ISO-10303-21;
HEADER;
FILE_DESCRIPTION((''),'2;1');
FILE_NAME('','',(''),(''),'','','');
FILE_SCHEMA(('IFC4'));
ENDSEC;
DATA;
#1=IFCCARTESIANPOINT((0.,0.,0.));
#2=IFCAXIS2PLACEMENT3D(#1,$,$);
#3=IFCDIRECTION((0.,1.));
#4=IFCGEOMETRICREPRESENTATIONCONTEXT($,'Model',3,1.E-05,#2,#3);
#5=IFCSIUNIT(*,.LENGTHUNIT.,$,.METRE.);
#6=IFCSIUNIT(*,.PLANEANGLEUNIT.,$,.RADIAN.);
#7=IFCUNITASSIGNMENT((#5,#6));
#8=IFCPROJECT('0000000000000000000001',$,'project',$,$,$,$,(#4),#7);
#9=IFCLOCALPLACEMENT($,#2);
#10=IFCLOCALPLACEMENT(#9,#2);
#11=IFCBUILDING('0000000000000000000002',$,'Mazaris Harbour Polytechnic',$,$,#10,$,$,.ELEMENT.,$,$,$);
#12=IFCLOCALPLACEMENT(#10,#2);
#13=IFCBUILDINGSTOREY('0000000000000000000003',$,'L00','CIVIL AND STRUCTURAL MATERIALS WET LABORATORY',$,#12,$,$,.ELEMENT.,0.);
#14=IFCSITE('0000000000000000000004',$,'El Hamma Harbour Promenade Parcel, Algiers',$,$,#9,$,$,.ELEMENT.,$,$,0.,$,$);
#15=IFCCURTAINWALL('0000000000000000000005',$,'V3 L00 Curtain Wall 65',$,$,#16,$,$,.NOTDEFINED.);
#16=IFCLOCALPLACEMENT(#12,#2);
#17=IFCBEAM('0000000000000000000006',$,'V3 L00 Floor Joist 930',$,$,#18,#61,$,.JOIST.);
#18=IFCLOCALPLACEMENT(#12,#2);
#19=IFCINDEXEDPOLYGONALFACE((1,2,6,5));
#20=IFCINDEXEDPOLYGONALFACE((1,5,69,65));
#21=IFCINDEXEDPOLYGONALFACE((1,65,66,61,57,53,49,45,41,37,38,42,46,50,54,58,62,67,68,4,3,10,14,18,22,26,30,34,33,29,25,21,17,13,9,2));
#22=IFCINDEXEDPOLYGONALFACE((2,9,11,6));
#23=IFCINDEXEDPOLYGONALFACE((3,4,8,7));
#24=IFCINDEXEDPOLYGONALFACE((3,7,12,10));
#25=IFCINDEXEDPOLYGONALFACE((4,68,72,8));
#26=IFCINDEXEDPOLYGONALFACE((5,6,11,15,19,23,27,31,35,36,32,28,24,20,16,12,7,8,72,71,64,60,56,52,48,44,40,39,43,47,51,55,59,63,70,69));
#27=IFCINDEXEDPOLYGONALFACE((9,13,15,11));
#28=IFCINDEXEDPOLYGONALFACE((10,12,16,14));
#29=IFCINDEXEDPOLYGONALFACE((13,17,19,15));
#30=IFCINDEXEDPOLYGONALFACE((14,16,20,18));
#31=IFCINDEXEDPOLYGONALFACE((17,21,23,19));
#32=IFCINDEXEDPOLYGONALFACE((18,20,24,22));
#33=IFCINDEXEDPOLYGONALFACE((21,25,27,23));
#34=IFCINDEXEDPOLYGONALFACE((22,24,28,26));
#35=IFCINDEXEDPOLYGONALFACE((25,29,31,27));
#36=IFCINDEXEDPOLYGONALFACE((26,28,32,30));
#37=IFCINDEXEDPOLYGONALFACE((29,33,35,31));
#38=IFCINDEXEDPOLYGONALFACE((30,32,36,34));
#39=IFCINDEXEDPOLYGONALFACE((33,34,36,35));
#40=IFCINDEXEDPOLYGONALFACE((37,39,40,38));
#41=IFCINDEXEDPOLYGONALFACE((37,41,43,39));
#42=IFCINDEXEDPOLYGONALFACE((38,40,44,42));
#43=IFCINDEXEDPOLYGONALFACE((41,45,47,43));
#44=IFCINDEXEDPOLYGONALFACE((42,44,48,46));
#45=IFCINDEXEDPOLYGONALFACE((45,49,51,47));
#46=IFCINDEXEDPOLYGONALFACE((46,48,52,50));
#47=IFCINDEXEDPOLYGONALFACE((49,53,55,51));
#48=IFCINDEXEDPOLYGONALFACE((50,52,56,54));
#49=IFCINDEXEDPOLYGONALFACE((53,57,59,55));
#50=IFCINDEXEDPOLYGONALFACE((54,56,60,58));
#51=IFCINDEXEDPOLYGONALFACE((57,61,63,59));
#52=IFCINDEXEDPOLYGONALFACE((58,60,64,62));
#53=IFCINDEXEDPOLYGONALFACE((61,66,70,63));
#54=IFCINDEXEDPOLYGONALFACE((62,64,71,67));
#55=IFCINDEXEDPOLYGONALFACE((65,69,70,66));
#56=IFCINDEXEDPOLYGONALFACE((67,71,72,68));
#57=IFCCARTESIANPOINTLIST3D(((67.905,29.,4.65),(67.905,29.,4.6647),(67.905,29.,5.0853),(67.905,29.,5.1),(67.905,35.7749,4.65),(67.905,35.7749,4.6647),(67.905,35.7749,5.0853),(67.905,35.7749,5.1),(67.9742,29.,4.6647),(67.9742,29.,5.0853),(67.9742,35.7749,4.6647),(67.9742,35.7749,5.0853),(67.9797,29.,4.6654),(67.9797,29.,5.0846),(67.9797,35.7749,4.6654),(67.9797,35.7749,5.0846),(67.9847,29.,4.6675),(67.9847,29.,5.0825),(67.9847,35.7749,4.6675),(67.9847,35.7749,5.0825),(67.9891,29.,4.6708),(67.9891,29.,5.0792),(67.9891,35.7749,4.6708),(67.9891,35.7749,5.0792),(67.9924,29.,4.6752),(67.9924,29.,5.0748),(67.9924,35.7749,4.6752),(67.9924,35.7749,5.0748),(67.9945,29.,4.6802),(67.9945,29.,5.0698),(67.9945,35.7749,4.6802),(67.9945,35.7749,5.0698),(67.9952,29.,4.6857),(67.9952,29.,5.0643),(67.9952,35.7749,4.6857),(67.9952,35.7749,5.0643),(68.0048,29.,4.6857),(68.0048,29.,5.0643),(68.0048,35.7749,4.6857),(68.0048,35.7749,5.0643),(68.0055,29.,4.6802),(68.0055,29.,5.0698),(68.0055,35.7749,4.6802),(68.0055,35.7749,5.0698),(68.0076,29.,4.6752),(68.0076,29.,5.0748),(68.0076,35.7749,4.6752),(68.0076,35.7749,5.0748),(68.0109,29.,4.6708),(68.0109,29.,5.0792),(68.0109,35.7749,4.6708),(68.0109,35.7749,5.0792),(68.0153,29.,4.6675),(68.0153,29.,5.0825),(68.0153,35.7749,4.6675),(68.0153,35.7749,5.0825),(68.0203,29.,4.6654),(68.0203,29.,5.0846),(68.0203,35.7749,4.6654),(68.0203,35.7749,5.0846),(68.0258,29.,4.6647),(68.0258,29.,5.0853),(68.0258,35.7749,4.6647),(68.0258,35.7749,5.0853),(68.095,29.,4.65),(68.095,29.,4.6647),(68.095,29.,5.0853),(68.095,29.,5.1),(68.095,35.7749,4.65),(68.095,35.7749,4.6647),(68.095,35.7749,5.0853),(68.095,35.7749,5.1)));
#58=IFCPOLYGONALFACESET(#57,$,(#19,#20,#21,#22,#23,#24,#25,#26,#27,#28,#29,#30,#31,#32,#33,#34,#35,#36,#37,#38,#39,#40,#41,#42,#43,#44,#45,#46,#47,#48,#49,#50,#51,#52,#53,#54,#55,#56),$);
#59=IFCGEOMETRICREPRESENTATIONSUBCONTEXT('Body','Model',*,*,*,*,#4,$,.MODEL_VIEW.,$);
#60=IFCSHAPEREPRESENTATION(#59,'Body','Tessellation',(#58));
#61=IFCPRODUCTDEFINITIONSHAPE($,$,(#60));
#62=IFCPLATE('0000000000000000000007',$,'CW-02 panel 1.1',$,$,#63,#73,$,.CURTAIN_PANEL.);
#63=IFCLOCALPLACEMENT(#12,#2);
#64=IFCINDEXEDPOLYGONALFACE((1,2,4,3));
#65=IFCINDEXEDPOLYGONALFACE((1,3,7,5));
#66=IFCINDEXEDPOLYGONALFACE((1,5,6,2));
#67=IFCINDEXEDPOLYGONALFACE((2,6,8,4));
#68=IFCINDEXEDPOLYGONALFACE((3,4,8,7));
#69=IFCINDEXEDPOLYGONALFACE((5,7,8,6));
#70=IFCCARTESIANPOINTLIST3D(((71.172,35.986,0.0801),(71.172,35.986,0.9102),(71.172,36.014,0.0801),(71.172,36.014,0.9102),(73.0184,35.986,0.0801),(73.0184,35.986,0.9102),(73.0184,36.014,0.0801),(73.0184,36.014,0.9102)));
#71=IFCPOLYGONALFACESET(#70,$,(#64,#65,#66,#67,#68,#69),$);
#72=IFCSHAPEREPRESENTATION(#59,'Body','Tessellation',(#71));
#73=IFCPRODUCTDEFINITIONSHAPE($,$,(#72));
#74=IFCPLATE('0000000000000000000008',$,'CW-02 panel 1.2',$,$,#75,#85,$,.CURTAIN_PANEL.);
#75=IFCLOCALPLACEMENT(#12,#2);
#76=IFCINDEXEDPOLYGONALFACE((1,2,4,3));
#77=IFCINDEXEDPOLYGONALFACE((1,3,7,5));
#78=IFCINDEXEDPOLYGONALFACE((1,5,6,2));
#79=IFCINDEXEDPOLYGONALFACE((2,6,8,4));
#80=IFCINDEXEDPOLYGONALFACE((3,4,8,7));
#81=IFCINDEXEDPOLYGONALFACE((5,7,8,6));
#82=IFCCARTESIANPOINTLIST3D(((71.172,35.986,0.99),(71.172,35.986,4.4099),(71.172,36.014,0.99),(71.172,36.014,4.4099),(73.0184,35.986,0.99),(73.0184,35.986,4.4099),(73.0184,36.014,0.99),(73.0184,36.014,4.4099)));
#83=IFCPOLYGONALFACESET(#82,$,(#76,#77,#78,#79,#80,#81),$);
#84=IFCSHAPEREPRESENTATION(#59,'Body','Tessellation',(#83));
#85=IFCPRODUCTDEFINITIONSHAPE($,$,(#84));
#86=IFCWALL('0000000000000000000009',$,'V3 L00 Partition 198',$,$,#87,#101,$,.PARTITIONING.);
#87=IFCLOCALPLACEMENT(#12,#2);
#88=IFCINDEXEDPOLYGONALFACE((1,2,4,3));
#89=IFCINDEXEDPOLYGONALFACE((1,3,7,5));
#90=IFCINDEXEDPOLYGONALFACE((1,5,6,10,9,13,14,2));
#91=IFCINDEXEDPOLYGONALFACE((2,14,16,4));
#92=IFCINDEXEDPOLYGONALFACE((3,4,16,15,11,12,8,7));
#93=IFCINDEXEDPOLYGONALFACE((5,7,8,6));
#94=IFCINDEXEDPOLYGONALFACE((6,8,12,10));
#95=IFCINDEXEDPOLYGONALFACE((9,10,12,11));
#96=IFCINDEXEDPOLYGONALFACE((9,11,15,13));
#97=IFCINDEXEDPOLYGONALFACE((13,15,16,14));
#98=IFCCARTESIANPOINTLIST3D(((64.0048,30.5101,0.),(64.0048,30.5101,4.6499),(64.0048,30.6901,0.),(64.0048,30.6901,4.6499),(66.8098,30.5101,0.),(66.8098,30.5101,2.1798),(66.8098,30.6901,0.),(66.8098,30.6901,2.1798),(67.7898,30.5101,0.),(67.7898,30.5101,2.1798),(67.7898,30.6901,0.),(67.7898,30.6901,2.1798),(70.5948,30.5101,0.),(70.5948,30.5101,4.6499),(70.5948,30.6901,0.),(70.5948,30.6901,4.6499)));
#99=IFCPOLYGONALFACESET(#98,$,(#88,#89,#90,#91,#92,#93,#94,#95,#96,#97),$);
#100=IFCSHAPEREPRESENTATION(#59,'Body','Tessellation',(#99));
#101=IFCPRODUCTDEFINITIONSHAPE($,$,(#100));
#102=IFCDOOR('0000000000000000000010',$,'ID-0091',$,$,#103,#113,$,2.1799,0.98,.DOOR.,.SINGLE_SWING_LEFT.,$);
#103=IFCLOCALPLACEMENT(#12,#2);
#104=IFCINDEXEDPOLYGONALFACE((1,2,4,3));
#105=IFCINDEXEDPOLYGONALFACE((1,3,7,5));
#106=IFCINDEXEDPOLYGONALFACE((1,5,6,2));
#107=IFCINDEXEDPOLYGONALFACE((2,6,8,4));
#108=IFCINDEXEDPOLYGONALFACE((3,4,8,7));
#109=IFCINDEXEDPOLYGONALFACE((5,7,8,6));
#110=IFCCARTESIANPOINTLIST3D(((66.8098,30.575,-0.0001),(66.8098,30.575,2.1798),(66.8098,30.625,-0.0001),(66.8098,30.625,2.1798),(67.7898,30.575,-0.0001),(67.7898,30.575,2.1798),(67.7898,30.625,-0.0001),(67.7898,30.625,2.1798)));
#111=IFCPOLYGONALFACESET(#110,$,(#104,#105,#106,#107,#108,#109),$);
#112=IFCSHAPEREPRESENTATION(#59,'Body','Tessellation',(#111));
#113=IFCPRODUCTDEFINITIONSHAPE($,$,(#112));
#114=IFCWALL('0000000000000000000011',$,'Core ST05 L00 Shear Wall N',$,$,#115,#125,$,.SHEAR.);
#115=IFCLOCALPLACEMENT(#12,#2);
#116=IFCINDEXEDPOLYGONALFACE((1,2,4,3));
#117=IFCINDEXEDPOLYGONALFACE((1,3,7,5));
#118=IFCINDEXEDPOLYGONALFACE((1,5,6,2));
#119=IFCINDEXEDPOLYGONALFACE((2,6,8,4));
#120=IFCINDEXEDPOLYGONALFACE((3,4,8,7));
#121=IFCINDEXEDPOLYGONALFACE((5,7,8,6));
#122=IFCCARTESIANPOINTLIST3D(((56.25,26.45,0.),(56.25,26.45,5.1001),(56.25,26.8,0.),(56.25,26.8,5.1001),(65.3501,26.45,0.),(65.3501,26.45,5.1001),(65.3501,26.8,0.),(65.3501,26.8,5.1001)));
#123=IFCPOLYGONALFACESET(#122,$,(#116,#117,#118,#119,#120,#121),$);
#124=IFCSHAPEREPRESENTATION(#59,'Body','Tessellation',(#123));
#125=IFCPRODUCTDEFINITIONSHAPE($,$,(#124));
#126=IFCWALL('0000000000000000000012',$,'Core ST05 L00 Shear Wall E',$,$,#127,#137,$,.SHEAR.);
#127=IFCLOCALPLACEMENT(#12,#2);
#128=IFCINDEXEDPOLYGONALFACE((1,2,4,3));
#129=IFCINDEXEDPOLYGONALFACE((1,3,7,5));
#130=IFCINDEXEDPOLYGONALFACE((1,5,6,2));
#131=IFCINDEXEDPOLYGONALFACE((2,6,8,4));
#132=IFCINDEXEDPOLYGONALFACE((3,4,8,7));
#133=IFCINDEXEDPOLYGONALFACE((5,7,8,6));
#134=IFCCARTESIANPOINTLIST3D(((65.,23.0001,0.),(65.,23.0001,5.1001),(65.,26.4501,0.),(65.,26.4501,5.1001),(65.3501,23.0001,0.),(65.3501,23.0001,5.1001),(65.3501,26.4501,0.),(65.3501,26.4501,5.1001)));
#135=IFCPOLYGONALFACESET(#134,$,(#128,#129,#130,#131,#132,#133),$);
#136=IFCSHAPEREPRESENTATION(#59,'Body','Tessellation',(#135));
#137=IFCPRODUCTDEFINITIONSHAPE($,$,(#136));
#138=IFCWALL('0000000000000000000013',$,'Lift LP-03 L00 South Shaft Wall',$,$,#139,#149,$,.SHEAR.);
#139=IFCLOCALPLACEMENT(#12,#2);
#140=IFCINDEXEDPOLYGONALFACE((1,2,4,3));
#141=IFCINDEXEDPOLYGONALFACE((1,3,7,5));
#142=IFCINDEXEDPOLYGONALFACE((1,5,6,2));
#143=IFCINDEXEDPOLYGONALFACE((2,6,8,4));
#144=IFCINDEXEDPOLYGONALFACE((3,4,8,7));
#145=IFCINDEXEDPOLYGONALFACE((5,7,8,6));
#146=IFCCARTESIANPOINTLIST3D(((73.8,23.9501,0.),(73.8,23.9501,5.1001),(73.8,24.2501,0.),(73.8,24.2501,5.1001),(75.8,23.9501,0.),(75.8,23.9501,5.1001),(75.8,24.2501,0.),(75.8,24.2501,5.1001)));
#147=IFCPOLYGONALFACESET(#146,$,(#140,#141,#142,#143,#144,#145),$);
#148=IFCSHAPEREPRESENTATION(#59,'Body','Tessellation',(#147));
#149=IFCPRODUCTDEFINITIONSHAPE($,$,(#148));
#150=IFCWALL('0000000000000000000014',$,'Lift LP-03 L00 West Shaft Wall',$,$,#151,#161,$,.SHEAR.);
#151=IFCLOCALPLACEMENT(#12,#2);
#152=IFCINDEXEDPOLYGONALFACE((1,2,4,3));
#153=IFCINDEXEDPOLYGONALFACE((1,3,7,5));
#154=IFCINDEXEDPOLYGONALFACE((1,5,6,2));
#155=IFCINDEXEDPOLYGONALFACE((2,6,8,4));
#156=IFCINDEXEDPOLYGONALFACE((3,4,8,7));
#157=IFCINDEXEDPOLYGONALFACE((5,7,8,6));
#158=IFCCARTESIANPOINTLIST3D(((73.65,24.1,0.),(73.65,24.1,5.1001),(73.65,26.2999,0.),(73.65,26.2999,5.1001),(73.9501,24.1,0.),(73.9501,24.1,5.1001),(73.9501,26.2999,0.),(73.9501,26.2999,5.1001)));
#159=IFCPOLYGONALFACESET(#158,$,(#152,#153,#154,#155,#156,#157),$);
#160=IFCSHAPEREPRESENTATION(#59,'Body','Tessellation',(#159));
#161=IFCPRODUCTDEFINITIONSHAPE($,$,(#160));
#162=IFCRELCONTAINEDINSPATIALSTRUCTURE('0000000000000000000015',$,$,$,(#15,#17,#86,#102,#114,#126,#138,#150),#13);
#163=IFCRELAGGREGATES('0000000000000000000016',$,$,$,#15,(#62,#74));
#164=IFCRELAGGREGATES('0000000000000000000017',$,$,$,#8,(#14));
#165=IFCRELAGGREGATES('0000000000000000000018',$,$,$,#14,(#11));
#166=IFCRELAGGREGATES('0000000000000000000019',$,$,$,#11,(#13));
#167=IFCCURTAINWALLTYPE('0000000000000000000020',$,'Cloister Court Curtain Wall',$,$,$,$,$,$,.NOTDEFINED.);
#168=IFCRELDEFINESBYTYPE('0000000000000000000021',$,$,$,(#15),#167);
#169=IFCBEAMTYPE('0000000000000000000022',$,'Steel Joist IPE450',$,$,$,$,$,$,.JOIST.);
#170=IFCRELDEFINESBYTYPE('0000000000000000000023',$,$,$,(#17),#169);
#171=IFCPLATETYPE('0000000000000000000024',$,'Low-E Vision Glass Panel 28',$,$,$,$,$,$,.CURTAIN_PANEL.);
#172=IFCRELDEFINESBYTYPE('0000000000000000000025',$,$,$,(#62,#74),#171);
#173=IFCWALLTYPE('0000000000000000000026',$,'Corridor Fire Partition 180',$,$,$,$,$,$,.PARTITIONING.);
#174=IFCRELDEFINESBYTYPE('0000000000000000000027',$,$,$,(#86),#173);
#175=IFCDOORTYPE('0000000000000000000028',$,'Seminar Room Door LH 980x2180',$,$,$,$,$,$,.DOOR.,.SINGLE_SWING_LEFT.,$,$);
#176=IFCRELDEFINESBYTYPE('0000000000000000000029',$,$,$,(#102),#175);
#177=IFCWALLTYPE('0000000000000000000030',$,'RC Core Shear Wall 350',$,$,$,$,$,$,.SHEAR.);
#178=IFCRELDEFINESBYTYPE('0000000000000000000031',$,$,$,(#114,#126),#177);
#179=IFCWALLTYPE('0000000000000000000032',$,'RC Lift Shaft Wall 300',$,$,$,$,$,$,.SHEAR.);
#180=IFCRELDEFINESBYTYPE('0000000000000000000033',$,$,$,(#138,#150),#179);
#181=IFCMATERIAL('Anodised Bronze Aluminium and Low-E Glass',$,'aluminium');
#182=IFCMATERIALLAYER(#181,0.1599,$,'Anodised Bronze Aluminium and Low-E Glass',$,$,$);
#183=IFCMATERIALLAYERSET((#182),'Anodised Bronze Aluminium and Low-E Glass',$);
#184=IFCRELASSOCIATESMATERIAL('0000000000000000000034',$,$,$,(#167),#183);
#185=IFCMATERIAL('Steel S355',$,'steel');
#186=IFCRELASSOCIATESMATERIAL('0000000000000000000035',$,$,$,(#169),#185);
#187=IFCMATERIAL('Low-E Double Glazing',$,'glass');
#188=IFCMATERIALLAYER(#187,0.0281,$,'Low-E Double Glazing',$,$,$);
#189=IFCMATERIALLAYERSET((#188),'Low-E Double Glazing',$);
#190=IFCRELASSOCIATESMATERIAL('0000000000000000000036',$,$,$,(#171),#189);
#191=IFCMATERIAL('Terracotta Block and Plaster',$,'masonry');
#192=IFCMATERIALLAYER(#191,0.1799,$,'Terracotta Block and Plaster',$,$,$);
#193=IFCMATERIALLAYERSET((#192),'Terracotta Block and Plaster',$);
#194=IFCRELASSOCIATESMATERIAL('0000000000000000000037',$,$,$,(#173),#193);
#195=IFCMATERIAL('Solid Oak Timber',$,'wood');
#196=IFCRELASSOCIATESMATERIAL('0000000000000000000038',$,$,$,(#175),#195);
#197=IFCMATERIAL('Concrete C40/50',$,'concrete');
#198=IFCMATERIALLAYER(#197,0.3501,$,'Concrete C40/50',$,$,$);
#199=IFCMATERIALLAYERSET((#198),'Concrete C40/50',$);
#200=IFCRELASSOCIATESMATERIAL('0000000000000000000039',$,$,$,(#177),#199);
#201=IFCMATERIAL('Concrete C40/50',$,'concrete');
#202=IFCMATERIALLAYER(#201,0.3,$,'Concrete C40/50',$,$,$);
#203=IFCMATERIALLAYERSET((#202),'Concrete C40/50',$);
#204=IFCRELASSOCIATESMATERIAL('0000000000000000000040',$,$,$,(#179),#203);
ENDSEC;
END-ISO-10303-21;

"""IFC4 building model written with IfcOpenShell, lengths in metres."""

from ifc_helpers import new_model, si_unit, direction, frame, frame_2d, origin, origin_2d, place, context, subcontext, project, spatial, rectangle, i_section, extrude, material, layer, layer_set, material_profile, profile_set, type_object, element, fill, aggregate, save


model = new_model("IFC4")

# Units and contexts
model_context = context("Model", 3, precision=1e-05, world=origin(), true_north=direction((0.0, 1.0)))
body_context = subcontext(model_context, "Body", "Model", "MODEL_VIEW")
ifc_project = project(units=[si_unit("LENGTHUNIT", "METRE"), si_unit("PLANEANGLEUNIT", "RADIAN")], contexts=[model_context])

# Site, building, storey
site_placement = place(None, origin())
site = spatial("IfcSite", under=ifc_project, at=site_placement, Name="El Hamma Harbour Promenade Parcel, Algiers", CompositionType="ELEMENT", RefElevation=0.0)
building_placement = place(site_placement, origin())
building = spatial("IfcBuilding", under=site, at=building_placement, Name="Mazaris Harbour Polytechnic", CompositionType="ELEMENT")
storey_placement = place(building_placement, origin())
storey = spatial("IfcBuildingStorey", under=building, at=storey_placement, Name="L00", Description="CIVIL AND STRUCTURAL MATERIALS WET LABORATORY", CompositionType="ELEMENT", Elevation=0.0)

# Curtain wall
ifc_material_1 = material(Name="Anodised Bronze Aluminium and Low-E Glass", Category="aluminium")
ifc_layer_1 = layer(ifc_material_1, 0.1599, Name="Anodised Bronze Aluminium and Low-E Glass")
ifc_layer_set_1 = layer_set([ifc_layer_1], Name="Anodised Bronze Aluminium and Low-E Glass")
curtain_wall_type = type_object("IfcCurtainWallType", Name="Cloister Court Curtain Wall", PredefinedType="NOTDEFINED", material=ifc_layer_set_1)
curtain_wall_placement = place(storey_placement, origin())
curtain_wall = element("IfcCurtainWall", 1, at=curtain_wall_placement, inside=storey, type_object=curtain_wall_type, Name="V3 L00 Curtain Wall 65", PredefinedType="NOTDEFINED")

# Beam
ifc_material_2 = material(Name="Steel S355", Category="steel")
ifc_material_profile_1 = material_profile(ifc_material_2, i_section(OverallWidth=0.1899, OverallDepth=0.45, WebThickness=0.0095, FlangeThickness=0.0146, FilletRadius=0.021, at=origin_2d()), Name="IPE 450")
ifc_profile_set_1 = profile_set([ifc_material_profile_1], Name="Steel S355")
beam_type_1 = type_object("IfcBeamType", Name="Steel Joist IPE450", PredefinedType="JOIST", material=ifc_profile_set_1)
beam_1_placement = place(storey_placement, frame((68.0, 29.0, 4.875), z_axis=(0.0, 1.0, 0.0), x_axis=(-1.0, 0.0, 0.0)))
element("IfcBeam", 2, at=beam_1_placement, inside=storey, type_object=beam_type_1, Name="V3 L00 Floor Joist 930", PredefinedType="JOIST", context=body_context, shape_type="SweptSolid", body=[
    extrude(i_section(OverallWidth=0.1899, OverallDepth=0.45, WebThickness=0.0095, FlangeThickness=0.0146, FilletRadius=0.021, at=origin_2d()), origin(), (0.0, 0.0, 1.0), 6.7749),
])

# Plates
ifc_material_3 = material(Name="Low-E Double Glazing", Category="glass")
ifc_layer_2 = layer(ifc_material_3, 0.0281, Name="Low-E Double Glazing")
ifc_layer_set_2 = layer_set([ifc_layer_2], Name="Low-E Double Glazing")
plate_type = type_object("IfcPlateType", Name="Low-E Vision Glass Panel 28", PredefinedType="CURTAIN_PANEL", material=ifc_layer_set_2)
plate_1_placement = place(storey_placement, frame((72.0952, 36.0, 0.0801), z_axis=(0.0, 0.0, 1.0), x_axis=(1.0, 0.0, 0.0)))
plate_1 = element("IfcPlate", 3, at=plate_1_placement, type_object=plate_type, Name="CW-02 panel 1.1", PredefinedType="CURTAIN_PANEL", context=body_context, shape_type="SweptSolid", body=[
    extrude(rectangle(XDim=1.8464, YDim=0.0281, at=origin_2d()), origin(), (0.0, 0.0, 1.0), 0.8301),
])
plate_2_placement = place(storey_placement, frame((72.0952, 36.0, 0.99), z_axis=(0.0, 0.0, 1.0), x_axis=(1.0, 0.0, 0.0)))
plate_2 = element("IfcPlate", 4, at=plate_2_placement, type_object=plate_type, Name="CW-02 panel 1.2", PredefinedType="CURTAIN_PANEL", context=body_context, shape_type="SweptSolid", body=[
    extrude(rectangle(XDim=1.8464, YDim=0.0281, at=origin_2d()), origin(), (0.0, 0.0, 1.0), 3.4199),
])
aggregate(curtain_wall, [plate_1, plate_2])

# Wall, opening, door
ifc_material_4 = material(Name="Terracotta Block and Plaster", Category="masonry")
ifc_layer_3 = layer(ifc_material_4, 0.1799, Name="Terracotta Block and Plaster")
ifc_layer_set_3 = layer_set([ifc_layer_3], Name="Terracotta Block and Plaster")
wall_type_1 = type_object("IfcWallType", Name="Corridor Fire Partition 180", PredefinedType="PARTITIONING", material=ifc_layer_set_3)
wall_1_placement = place(storey_placement, frame((64.0049, 30.6001, 0.0), z_axis=(0.0, 0.0, 1.0), x_axis=(1.0, 0.0, 0.0)))
wall_1 = element("IfcWall", 5, at=wall_1_placement, inside=storey, type_object=wall_type_1, Name="V3 L00 Partition 198", PredefinedType="PARTITIONING", context=body_context, shape_type="SweptSolid", body=[
    extrude(rectangle(XDim=6.5901, YDim=0.1799, at=frame_2d((3.2949, 0.0))), origin(), (0.0, 0.0, 1.0), 4.6499),
])
opening_1_placement = place(wall_1_placement, frame((2.8049, 0.0, 0.0)))
opening_1 = element("IfcOpeningElement", 6, at=opening_1_placement, cuts=wall_1, PredefinedType="OPENING", context=body_context, shape_type="SweptSolid", body=[
    extrude(rectangle(XDim=0.98, YDim=2.1799, at=frame_2d((0.49, 1.0898))), frame((0.0, 0.0999, 0.0), z_axis=(0.0, -1.0, 0.0), x_axis=(1.0, 0.0, 0.0)), (0.0, 0.0, 1.0), 0.2),
])
ifc_material_5 = material(Name="Solid Oak Timber", Category="wood")
door_type_1 = type_object("IfcDoorType", Name="Seminar Room Door LH 980x2180", OperationType="SINGLE_SWING_LEFT", PredefinedType="DOOR", material=ifc_material_5)
door_1_placement = place(opening_1_placement, origin())
door_1 = element("IfcDoor", 7, at=door_1_placement, inside=storey, type_object=door_type_1, Name="ID-0091", OperationType="SINGLE_SWING_LEFT", OverallHeight=2.1799, OverallWidth=0.98, PredefinedType="DOOR", context=body_context, shape_type="SweptSolid", body=[
    extrude(rectangle(XDim=0.98, YDim=2.1799, at=frame_2d((0.49, 1.0898))), frame((0.0, 0.0249, 0.0), z_axis=(0.0, -1.0, 0.0), x_axis=(1.0, 0.0, 0.0)), (0.0, 0.0, 1.0), 0.05),
])
fill(opening_1, door_1)

# Walls
ifc_material_6 = material(Name="Concrete C40/50", Category="concrete")
ifc_layer_4 = layer(ifc_material_6, 0.3501, Name="Concrete C40/50")
ifc_layer_set_4 = layer_set([ifc_layer_4], Name="Concrete C40/50")
wall_type_2 = type_object("IfcWallType", Name="RC Core Shear Wall 350", PredefinedType="SHEAR", material=ifc_layer_set_4)
wall_2_placement = place(storey_placement, frame((65.3501, 26.625, 0.0), z_axis=(0.0, 0.0, 1.0), x_axis=(-1.0, 0.0, 0.0)))
element("IfcWall", 8, at=wall_2_placement, inside=storey, type_object=wall_type_2, Name="Core ST05 L00 Shear Wall N", PredefinedType="SHEAR", context=body_context, shape_type="SweptSolid", body=[
    extrude(rectangle(XDim=9.1001, YDim=0.3501, at=frame_2d((4.55, 0.0))), origin(), (0.0, 0.0, 1.0), 5.1001),
])
wall_3_placement = place(storey_placement, frame((65.175, 23.0, 0.0), z_axis=(0.0, 0.0, 1.0), x_axis=(0.0, 1.0, 0.0)))
element("IfcWall", 9, at=wall_3_placement, inside=storey, type_object=wall_type_2, Name="Core ST05 L00 Shear Wall E", PredefinedType="SHEAR", context=body_context, shape_type="SweptSolid", body=[
    extrude(rectangle(XDim=3.45, YDim=0.3501, at=frame_2d((1.7251, 0.0))), origin(), (0.0, 0.0, 1.0), 5.1001),
])
ifc_material_7 = material(Name="Concrete C40/50", Category="concrete")
ifc_layer_5 = layer(ifc_material_7, 0.3, Name="Concrete C40/50")
ifc_layer_set_5 = layer_set([ifc_layer_5], Name="Concrete C40/50")
wall_type_3 = type_object("IfcWallType", Name="RC Lift Shaft Wall 300", PredefinedType="SHEAR", material=ifc_layer_set_5)
wall_4_placement = place(storey_placement, frame((73.8, 24.1001, 0.0), z_axis=(0.0, 0.0, 1.0), x_axis=(1.0, 0.0, 0.0)))
element("IfcWall", 10, at=wall_4_placement, inside=storey, type_object=wall_type_3, Name="Lift LP-03 L00 South Shaft Wall", PredefinedType="SHEAR", context=body_context, shape_type="SweptSolid", body=[
    extrude(rectangle(XDim=2.0, YDim=0.3, at=frame_2d((1.0, 0.0))), origin(), (0.0, 0.0, 1.0), 5.1001),
])
wall_5_placement = place(storey_placement, frame((73.8, 26.3, 0.0), z_axis=(0.0, 0.0, 1.0), x_axis=(0.0, -1.0, 0.0)))
element("IfcWall", 11, at=wall_5_placement, inside=storey, type_object=wall_type_3, Name="Lift LP-03 L00 West Shaft Wall", PredefinedType="SHEAR", context=body_context, shape_type="SweptSolid", body=[
    extrude(rectangle(XDim=2.2, YDim=0.3, at=frame_2d((1.1001, 0.0))), origin(), (0.0, 0.0, 1.0), 5.1001),
])

save(model, "model.ifc")
